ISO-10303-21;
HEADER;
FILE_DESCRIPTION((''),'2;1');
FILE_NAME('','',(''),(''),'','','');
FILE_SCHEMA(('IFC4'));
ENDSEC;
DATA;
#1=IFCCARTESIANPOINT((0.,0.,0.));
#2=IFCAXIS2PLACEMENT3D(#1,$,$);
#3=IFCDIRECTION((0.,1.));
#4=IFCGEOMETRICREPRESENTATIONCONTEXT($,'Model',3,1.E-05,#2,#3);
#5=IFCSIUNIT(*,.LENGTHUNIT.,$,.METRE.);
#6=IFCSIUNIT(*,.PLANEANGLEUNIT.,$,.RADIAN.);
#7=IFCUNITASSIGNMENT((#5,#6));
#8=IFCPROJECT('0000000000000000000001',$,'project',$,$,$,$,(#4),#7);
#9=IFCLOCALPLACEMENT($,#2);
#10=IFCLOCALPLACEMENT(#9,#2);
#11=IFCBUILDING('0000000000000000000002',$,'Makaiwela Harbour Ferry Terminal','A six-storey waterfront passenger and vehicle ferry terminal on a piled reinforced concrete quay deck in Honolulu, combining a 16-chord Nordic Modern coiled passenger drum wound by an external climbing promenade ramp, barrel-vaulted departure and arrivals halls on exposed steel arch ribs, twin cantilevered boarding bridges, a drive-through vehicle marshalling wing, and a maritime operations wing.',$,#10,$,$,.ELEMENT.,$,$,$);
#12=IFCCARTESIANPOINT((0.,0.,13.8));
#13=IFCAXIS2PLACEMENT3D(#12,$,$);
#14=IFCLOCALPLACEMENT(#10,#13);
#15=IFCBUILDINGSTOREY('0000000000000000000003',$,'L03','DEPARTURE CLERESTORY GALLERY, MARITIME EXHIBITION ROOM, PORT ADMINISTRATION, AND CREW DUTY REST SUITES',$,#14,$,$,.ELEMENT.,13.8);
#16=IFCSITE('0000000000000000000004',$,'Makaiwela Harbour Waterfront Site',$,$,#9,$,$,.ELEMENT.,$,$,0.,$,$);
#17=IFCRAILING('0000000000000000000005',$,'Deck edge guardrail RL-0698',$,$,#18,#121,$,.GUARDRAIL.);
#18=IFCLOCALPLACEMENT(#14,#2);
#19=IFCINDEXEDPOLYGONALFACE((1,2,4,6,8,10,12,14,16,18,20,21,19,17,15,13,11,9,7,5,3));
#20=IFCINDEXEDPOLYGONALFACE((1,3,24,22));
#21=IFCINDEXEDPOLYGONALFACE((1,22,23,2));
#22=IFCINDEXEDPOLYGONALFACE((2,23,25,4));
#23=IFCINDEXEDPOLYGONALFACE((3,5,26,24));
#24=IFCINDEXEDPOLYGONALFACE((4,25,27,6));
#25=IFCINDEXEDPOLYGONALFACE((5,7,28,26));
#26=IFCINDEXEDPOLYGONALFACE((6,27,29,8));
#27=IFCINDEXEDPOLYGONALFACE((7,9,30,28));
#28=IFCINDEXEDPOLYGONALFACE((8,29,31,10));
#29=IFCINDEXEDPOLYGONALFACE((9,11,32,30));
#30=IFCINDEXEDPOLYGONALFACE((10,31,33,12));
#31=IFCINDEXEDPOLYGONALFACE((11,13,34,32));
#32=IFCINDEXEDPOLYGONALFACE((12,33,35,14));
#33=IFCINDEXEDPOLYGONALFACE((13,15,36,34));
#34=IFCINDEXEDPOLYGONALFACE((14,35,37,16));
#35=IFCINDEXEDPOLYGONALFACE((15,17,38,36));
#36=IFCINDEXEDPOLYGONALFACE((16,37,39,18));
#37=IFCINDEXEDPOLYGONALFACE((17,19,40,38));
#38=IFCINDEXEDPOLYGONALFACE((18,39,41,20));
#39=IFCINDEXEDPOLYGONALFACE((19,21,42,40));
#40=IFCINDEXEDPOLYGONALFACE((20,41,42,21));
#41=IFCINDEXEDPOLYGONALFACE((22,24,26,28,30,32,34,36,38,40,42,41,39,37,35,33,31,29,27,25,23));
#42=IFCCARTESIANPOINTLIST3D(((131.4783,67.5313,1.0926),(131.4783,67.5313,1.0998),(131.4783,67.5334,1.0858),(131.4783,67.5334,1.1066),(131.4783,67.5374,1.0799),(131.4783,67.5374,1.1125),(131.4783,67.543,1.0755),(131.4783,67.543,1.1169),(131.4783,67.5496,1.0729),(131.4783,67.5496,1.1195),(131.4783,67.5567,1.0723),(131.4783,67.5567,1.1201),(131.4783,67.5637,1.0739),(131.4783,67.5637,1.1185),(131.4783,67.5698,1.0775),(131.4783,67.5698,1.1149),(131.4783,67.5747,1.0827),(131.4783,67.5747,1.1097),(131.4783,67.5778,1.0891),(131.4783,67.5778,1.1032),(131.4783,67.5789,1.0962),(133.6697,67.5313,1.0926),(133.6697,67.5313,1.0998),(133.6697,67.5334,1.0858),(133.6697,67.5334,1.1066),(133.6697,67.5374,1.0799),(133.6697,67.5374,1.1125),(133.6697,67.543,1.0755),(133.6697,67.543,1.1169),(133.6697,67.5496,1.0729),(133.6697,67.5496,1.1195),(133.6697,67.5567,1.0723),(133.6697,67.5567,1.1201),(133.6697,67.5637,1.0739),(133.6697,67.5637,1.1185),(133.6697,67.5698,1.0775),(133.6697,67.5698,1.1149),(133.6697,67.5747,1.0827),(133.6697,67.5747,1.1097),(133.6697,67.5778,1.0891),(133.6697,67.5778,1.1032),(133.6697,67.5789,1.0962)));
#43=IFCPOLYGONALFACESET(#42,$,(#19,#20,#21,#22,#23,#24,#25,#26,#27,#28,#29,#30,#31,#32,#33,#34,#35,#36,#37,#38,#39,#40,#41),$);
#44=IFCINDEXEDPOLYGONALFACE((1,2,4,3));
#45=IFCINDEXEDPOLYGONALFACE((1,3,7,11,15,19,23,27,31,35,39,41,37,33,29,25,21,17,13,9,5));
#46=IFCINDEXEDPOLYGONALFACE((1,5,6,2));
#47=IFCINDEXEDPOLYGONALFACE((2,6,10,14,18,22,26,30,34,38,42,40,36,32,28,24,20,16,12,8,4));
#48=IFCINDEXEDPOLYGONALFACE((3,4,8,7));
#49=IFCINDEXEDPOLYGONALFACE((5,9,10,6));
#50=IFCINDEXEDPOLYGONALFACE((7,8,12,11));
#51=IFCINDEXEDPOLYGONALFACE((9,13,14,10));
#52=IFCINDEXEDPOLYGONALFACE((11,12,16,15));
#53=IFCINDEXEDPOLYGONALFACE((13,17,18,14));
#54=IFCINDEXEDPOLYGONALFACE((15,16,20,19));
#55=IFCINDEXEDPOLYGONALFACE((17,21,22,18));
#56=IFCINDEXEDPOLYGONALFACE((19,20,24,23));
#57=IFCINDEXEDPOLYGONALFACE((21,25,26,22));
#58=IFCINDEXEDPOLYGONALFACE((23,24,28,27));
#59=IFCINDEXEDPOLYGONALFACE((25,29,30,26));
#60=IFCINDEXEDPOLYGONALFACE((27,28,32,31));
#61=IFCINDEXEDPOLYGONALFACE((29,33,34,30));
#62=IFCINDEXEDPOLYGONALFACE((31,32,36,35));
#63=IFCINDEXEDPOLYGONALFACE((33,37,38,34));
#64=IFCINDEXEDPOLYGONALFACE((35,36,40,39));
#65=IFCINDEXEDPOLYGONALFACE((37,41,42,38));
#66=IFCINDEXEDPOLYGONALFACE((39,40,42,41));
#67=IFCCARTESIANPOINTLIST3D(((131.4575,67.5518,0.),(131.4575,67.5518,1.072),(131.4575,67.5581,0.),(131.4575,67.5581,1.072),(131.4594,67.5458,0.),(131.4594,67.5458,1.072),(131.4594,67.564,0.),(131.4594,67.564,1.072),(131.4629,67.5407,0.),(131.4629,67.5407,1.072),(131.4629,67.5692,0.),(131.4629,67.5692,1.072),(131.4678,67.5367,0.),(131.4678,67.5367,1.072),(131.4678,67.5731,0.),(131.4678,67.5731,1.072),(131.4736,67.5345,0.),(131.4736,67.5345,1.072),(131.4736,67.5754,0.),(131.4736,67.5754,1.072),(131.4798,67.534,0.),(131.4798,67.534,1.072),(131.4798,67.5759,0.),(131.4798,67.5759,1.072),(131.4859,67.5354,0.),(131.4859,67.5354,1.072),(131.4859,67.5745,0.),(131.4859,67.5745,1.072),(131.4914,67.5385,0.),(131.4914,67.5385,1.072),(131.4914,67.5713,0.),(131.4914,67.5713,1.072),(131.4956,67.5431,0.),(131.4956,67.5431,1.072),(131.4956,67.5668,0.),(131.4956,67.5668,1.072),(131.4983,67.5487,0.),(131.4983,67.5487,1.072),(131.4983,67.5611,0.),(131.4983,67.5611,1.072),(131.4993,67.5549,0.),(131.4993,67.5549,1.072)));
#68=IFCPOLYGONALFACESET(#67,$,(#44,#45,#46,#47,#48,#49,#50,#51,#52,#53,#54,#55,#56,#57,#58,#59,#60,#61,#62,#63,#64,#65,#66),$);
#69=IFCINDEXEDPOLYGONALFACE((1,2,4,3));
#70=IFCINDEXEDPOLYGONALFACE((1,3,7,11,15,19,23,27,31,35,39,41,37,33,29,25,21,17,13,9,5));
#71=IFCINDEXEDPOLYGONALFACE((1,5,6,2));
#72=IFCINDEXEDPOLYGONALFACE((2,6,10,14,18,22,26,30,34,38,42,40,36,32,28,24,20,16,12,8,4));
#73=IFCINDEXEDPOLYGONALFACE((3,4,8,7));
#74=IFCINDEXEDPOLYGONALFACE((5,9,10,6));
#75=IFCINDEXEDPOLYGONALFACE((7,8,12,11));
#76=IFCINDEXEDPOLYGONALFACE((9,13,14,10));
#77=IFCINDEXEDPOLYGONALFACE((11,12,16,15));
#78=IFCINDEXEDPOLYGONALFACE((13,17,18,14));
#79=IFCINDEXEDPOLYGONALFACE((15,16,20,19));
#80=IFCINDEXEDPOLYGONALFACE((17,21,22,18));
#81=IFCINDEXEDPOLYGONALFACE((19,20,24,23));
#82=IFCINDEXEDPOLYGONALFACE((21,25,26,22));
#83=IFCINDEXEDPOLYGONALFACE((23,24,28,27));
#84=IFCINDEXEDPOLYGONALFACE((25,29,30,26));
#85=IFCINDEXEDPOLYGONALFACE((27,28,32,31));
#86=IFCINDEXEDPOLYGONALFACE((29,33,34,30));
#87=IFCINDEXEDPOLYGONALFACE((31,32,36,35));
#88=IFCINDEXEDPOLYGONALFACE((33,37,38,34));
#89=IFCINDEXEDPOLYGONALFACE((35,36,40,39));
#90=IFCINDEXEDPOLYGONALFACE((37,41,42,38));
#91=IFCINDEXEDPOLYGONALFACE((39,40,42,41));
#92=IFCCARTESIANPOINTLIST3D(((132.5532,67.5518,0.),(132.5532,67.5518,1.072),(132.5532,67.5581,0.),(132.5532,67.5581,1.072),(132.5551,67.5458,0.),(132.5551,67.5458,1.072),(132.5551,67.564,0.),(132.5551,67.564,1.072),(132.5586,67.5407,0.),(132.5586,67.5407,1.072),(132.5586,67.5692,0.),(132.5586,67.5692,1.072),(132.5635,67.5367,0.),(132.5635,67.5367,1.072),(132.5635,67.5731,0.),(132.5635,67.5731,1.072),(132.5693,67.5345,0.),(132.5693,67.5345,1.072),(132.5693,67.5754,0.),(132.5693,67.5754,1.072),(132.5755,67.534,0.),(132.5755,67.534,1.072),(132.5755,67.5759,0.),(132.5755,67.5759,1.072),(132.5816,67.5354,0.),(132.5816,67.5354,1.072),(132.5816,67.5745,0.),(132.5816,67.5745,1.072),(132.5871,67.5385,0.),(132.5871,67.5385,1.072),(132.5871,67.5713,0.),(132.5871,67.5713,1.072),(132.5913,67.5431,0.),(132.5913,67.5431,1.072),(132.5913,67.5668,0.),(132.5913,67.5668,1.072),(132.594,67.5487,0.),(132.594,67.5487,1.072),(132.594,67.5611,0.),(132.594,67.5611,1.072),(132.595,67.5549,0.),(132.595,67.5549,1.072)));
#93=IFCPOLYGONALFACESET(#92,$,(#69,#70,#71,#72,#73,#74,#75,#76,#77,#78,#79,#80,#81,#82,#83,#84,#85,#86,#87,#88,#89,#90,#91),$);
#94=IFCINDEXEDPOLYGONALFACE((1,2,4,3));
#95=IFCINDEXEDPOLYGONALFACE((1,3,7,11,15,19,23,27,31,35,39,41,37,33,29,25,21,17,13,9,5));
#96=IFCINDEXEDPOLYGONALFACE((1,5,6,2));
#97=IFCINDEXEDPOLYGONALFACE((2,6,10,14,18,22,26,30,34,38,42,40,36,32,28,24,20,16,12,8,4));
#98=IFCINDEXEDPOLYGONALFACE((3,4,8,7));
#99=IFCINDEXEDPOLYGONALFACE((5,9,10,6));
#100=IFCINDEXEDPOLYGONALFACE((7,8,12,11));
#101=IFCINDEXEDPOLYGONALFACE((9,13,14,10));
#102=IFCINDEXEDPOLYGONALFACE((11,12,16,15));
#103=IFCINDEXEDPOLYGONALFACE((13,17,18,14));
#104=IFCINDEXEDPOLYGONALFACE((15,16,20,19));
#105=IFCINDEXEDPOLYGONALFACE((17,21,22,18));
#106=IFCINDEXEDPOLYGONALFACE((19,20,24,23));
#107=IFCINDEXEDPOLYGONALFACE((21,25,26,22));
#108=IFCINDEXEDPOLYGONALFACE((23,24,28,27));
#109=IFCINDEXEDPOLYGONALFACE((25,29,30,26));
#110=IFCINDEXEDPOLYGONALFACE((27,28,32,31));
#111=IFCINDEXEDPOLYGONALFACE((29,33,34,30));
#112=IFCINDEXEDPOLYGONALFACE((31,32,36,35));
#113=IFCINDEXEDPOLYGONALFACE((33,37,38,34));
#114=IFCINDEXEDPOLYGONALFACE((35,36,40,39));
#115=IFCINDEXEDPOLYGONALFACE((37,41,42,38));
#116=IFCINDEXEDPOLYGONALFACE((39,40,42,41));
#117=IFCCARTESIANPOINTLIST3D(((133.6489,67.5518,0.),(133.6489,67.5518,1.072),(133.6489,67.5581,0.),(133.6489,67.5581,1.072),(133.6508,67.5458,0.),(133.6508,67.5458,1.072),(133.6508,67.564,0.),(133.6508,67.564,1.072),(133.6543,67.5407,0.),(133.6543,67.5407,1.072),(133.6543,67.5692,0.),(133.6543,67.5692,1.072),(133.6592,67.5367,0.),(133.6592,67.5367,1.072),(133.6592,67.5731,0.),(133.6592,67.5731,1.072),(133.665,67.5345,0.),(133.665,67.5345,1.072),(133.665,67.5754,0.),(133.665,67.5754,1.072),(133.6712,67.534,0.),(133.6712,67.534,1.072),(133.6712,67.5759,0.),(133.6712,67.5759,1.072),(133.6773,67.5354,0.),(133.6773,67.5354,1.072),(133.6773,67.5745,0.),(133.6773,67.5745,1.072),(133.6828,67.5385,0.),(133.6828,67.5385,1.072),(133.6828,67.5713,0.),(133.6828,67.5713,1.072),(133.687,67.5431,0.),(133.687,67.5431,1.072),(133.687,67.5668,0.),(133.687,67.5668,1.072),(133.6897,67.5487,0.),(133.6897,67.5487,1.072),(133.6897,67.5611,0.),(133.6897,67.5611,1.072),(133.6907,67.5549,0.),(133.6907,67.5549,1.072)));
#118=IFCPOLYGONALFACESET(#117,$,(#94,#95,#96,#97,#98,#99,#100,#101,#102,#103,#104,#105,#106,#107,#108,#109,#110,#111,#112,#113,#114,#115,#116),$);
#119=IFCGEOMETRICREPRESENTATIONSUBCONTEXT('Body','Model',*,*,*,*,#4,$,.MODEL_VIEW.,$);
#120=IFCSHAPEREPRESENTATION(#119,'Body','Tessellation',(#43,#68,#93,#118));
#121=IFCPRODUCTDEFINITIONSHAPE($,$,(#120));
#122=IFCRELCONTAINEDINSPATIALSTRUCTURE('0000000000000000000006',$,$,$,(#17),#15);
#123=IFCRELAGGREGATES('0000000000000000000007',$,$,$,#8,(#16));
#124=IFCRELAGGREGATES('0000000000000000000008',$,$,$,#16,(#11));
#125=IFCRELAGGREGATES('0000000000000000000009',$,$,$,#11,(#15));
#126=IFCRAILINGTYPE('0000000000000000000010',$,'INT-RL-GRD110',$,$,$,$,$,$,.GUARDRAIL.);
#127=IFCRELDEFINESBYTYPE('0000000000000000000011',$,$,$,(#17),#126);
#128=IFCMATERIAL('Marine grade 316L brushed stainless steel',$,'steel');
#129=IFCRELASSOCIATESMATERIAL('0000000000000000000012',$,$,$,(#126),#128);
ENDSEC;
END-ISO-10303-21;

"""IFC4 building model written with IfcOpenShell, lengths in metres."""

from ifc_helpers import new_model, si_unit, direction, frame, origin, origin_2d, place, context, subcontext, project, spatial, circle, extrude, material, type_object, element, save


model = new_model("IFC4")

# Units and contexts
model_context = context("Model", 3, precision=1e-05, world=origin(), true_north=direction((0.0, 1.0)))
body_context = subcontext(model_context, "Body", "Model", "MODEL_VIEW")
ifc_project = project(units=[si_unit("LENGTHUNIT", "METRE"), si_unit("PLANEANGLEUNIT", "RADIAN")], contexts=[model_context])

# Site, building, storey
site_placement = place(None, origin())
site = spatial("IfcSite", under=ifc_project, at=site_placement, Name="Makaiwela Harbour Waterfront Site", CompositionType="ELEMENT", RefElevation=0.0)
building_placement = place(site_placement, origin())
building = spatial("IfcBuilding", under=site, at=building_placement, Name="Makaiwela Harbour Ferry Terminal", Description="A six-storey waterfront passenger and vehicle ferry terminal on a piled reinforced concrete quay deck in Honolulu, combining a 16-chord Nordic Modern coiled passenger drum wound by an external climbing promenade ramp, barrel-vaulted departure and arrivals halls on exposed steel arch ribs, twin cantilevered boarding bridges, a drive-through vehicle marshalling wing, and a maritime operations wing.", CompositionType="ELEMENT")
storey_placement = place(building_placement, frame((0.0, 0.0, 13.8)))
storey = spatial("IfcBuildingStorey", under=building, at=storey_placement, Name="L03", Description="DEPARTURE CLERESTORY GALLERY, MARITIME EXHIBITION ROOM, PORT ADMINISTRATION, AND CREW DUTY REST SUITES", CompositionType="ELEMENT", Elevation=13.8)

# Railing
ifc_material_1 = material(Name="Marine grade 316L brushed stainless steel", Category="steel")
railing_type = type_object("IfcRailingType", Name="INT-RL-GRD110", PredefinedType="GUARDRAIL", material=ifc_material_1)
railing_1_placement = place(storey_placement, frame((131.4783, 67.5549, 0.0)))
element("IfcRailing", 1, at=railing_1_placement, inside=storey, type_object=railing_type, Name="Deck edge guardrail RL-0698", PredefinedType="GUARDRAIL", context=body_context, shape_type="SweptSolid", body=[
    extrude(circle(Radius=0.0239, at=origin_2d()), frame((0.0, 0.0, 1.0962), z_axis=(1.0, 0.0, 0.0), x_axis=(0.0, 1.0, 0.0)), (0.0, 0.0, 1.0), 2.1914),
    extrude(circle(Radius=0.021, at=origin_2d()), origin(), (0.0, 0.0, 1.0), 1.072),
    extrude(circle(Radius=0.021, at=origin_2d()), frame((1.0957, 0.0, 0.0)), (0.0, 0.0, 1.0), 1.072),
    extrude(circle(Radius=0.021, at=origin_2d()), frame((2.1914, 0.0, 0.0)), (0.0, 0.0, 1.0), 1.072),
])

save(model, "model.ifc")
